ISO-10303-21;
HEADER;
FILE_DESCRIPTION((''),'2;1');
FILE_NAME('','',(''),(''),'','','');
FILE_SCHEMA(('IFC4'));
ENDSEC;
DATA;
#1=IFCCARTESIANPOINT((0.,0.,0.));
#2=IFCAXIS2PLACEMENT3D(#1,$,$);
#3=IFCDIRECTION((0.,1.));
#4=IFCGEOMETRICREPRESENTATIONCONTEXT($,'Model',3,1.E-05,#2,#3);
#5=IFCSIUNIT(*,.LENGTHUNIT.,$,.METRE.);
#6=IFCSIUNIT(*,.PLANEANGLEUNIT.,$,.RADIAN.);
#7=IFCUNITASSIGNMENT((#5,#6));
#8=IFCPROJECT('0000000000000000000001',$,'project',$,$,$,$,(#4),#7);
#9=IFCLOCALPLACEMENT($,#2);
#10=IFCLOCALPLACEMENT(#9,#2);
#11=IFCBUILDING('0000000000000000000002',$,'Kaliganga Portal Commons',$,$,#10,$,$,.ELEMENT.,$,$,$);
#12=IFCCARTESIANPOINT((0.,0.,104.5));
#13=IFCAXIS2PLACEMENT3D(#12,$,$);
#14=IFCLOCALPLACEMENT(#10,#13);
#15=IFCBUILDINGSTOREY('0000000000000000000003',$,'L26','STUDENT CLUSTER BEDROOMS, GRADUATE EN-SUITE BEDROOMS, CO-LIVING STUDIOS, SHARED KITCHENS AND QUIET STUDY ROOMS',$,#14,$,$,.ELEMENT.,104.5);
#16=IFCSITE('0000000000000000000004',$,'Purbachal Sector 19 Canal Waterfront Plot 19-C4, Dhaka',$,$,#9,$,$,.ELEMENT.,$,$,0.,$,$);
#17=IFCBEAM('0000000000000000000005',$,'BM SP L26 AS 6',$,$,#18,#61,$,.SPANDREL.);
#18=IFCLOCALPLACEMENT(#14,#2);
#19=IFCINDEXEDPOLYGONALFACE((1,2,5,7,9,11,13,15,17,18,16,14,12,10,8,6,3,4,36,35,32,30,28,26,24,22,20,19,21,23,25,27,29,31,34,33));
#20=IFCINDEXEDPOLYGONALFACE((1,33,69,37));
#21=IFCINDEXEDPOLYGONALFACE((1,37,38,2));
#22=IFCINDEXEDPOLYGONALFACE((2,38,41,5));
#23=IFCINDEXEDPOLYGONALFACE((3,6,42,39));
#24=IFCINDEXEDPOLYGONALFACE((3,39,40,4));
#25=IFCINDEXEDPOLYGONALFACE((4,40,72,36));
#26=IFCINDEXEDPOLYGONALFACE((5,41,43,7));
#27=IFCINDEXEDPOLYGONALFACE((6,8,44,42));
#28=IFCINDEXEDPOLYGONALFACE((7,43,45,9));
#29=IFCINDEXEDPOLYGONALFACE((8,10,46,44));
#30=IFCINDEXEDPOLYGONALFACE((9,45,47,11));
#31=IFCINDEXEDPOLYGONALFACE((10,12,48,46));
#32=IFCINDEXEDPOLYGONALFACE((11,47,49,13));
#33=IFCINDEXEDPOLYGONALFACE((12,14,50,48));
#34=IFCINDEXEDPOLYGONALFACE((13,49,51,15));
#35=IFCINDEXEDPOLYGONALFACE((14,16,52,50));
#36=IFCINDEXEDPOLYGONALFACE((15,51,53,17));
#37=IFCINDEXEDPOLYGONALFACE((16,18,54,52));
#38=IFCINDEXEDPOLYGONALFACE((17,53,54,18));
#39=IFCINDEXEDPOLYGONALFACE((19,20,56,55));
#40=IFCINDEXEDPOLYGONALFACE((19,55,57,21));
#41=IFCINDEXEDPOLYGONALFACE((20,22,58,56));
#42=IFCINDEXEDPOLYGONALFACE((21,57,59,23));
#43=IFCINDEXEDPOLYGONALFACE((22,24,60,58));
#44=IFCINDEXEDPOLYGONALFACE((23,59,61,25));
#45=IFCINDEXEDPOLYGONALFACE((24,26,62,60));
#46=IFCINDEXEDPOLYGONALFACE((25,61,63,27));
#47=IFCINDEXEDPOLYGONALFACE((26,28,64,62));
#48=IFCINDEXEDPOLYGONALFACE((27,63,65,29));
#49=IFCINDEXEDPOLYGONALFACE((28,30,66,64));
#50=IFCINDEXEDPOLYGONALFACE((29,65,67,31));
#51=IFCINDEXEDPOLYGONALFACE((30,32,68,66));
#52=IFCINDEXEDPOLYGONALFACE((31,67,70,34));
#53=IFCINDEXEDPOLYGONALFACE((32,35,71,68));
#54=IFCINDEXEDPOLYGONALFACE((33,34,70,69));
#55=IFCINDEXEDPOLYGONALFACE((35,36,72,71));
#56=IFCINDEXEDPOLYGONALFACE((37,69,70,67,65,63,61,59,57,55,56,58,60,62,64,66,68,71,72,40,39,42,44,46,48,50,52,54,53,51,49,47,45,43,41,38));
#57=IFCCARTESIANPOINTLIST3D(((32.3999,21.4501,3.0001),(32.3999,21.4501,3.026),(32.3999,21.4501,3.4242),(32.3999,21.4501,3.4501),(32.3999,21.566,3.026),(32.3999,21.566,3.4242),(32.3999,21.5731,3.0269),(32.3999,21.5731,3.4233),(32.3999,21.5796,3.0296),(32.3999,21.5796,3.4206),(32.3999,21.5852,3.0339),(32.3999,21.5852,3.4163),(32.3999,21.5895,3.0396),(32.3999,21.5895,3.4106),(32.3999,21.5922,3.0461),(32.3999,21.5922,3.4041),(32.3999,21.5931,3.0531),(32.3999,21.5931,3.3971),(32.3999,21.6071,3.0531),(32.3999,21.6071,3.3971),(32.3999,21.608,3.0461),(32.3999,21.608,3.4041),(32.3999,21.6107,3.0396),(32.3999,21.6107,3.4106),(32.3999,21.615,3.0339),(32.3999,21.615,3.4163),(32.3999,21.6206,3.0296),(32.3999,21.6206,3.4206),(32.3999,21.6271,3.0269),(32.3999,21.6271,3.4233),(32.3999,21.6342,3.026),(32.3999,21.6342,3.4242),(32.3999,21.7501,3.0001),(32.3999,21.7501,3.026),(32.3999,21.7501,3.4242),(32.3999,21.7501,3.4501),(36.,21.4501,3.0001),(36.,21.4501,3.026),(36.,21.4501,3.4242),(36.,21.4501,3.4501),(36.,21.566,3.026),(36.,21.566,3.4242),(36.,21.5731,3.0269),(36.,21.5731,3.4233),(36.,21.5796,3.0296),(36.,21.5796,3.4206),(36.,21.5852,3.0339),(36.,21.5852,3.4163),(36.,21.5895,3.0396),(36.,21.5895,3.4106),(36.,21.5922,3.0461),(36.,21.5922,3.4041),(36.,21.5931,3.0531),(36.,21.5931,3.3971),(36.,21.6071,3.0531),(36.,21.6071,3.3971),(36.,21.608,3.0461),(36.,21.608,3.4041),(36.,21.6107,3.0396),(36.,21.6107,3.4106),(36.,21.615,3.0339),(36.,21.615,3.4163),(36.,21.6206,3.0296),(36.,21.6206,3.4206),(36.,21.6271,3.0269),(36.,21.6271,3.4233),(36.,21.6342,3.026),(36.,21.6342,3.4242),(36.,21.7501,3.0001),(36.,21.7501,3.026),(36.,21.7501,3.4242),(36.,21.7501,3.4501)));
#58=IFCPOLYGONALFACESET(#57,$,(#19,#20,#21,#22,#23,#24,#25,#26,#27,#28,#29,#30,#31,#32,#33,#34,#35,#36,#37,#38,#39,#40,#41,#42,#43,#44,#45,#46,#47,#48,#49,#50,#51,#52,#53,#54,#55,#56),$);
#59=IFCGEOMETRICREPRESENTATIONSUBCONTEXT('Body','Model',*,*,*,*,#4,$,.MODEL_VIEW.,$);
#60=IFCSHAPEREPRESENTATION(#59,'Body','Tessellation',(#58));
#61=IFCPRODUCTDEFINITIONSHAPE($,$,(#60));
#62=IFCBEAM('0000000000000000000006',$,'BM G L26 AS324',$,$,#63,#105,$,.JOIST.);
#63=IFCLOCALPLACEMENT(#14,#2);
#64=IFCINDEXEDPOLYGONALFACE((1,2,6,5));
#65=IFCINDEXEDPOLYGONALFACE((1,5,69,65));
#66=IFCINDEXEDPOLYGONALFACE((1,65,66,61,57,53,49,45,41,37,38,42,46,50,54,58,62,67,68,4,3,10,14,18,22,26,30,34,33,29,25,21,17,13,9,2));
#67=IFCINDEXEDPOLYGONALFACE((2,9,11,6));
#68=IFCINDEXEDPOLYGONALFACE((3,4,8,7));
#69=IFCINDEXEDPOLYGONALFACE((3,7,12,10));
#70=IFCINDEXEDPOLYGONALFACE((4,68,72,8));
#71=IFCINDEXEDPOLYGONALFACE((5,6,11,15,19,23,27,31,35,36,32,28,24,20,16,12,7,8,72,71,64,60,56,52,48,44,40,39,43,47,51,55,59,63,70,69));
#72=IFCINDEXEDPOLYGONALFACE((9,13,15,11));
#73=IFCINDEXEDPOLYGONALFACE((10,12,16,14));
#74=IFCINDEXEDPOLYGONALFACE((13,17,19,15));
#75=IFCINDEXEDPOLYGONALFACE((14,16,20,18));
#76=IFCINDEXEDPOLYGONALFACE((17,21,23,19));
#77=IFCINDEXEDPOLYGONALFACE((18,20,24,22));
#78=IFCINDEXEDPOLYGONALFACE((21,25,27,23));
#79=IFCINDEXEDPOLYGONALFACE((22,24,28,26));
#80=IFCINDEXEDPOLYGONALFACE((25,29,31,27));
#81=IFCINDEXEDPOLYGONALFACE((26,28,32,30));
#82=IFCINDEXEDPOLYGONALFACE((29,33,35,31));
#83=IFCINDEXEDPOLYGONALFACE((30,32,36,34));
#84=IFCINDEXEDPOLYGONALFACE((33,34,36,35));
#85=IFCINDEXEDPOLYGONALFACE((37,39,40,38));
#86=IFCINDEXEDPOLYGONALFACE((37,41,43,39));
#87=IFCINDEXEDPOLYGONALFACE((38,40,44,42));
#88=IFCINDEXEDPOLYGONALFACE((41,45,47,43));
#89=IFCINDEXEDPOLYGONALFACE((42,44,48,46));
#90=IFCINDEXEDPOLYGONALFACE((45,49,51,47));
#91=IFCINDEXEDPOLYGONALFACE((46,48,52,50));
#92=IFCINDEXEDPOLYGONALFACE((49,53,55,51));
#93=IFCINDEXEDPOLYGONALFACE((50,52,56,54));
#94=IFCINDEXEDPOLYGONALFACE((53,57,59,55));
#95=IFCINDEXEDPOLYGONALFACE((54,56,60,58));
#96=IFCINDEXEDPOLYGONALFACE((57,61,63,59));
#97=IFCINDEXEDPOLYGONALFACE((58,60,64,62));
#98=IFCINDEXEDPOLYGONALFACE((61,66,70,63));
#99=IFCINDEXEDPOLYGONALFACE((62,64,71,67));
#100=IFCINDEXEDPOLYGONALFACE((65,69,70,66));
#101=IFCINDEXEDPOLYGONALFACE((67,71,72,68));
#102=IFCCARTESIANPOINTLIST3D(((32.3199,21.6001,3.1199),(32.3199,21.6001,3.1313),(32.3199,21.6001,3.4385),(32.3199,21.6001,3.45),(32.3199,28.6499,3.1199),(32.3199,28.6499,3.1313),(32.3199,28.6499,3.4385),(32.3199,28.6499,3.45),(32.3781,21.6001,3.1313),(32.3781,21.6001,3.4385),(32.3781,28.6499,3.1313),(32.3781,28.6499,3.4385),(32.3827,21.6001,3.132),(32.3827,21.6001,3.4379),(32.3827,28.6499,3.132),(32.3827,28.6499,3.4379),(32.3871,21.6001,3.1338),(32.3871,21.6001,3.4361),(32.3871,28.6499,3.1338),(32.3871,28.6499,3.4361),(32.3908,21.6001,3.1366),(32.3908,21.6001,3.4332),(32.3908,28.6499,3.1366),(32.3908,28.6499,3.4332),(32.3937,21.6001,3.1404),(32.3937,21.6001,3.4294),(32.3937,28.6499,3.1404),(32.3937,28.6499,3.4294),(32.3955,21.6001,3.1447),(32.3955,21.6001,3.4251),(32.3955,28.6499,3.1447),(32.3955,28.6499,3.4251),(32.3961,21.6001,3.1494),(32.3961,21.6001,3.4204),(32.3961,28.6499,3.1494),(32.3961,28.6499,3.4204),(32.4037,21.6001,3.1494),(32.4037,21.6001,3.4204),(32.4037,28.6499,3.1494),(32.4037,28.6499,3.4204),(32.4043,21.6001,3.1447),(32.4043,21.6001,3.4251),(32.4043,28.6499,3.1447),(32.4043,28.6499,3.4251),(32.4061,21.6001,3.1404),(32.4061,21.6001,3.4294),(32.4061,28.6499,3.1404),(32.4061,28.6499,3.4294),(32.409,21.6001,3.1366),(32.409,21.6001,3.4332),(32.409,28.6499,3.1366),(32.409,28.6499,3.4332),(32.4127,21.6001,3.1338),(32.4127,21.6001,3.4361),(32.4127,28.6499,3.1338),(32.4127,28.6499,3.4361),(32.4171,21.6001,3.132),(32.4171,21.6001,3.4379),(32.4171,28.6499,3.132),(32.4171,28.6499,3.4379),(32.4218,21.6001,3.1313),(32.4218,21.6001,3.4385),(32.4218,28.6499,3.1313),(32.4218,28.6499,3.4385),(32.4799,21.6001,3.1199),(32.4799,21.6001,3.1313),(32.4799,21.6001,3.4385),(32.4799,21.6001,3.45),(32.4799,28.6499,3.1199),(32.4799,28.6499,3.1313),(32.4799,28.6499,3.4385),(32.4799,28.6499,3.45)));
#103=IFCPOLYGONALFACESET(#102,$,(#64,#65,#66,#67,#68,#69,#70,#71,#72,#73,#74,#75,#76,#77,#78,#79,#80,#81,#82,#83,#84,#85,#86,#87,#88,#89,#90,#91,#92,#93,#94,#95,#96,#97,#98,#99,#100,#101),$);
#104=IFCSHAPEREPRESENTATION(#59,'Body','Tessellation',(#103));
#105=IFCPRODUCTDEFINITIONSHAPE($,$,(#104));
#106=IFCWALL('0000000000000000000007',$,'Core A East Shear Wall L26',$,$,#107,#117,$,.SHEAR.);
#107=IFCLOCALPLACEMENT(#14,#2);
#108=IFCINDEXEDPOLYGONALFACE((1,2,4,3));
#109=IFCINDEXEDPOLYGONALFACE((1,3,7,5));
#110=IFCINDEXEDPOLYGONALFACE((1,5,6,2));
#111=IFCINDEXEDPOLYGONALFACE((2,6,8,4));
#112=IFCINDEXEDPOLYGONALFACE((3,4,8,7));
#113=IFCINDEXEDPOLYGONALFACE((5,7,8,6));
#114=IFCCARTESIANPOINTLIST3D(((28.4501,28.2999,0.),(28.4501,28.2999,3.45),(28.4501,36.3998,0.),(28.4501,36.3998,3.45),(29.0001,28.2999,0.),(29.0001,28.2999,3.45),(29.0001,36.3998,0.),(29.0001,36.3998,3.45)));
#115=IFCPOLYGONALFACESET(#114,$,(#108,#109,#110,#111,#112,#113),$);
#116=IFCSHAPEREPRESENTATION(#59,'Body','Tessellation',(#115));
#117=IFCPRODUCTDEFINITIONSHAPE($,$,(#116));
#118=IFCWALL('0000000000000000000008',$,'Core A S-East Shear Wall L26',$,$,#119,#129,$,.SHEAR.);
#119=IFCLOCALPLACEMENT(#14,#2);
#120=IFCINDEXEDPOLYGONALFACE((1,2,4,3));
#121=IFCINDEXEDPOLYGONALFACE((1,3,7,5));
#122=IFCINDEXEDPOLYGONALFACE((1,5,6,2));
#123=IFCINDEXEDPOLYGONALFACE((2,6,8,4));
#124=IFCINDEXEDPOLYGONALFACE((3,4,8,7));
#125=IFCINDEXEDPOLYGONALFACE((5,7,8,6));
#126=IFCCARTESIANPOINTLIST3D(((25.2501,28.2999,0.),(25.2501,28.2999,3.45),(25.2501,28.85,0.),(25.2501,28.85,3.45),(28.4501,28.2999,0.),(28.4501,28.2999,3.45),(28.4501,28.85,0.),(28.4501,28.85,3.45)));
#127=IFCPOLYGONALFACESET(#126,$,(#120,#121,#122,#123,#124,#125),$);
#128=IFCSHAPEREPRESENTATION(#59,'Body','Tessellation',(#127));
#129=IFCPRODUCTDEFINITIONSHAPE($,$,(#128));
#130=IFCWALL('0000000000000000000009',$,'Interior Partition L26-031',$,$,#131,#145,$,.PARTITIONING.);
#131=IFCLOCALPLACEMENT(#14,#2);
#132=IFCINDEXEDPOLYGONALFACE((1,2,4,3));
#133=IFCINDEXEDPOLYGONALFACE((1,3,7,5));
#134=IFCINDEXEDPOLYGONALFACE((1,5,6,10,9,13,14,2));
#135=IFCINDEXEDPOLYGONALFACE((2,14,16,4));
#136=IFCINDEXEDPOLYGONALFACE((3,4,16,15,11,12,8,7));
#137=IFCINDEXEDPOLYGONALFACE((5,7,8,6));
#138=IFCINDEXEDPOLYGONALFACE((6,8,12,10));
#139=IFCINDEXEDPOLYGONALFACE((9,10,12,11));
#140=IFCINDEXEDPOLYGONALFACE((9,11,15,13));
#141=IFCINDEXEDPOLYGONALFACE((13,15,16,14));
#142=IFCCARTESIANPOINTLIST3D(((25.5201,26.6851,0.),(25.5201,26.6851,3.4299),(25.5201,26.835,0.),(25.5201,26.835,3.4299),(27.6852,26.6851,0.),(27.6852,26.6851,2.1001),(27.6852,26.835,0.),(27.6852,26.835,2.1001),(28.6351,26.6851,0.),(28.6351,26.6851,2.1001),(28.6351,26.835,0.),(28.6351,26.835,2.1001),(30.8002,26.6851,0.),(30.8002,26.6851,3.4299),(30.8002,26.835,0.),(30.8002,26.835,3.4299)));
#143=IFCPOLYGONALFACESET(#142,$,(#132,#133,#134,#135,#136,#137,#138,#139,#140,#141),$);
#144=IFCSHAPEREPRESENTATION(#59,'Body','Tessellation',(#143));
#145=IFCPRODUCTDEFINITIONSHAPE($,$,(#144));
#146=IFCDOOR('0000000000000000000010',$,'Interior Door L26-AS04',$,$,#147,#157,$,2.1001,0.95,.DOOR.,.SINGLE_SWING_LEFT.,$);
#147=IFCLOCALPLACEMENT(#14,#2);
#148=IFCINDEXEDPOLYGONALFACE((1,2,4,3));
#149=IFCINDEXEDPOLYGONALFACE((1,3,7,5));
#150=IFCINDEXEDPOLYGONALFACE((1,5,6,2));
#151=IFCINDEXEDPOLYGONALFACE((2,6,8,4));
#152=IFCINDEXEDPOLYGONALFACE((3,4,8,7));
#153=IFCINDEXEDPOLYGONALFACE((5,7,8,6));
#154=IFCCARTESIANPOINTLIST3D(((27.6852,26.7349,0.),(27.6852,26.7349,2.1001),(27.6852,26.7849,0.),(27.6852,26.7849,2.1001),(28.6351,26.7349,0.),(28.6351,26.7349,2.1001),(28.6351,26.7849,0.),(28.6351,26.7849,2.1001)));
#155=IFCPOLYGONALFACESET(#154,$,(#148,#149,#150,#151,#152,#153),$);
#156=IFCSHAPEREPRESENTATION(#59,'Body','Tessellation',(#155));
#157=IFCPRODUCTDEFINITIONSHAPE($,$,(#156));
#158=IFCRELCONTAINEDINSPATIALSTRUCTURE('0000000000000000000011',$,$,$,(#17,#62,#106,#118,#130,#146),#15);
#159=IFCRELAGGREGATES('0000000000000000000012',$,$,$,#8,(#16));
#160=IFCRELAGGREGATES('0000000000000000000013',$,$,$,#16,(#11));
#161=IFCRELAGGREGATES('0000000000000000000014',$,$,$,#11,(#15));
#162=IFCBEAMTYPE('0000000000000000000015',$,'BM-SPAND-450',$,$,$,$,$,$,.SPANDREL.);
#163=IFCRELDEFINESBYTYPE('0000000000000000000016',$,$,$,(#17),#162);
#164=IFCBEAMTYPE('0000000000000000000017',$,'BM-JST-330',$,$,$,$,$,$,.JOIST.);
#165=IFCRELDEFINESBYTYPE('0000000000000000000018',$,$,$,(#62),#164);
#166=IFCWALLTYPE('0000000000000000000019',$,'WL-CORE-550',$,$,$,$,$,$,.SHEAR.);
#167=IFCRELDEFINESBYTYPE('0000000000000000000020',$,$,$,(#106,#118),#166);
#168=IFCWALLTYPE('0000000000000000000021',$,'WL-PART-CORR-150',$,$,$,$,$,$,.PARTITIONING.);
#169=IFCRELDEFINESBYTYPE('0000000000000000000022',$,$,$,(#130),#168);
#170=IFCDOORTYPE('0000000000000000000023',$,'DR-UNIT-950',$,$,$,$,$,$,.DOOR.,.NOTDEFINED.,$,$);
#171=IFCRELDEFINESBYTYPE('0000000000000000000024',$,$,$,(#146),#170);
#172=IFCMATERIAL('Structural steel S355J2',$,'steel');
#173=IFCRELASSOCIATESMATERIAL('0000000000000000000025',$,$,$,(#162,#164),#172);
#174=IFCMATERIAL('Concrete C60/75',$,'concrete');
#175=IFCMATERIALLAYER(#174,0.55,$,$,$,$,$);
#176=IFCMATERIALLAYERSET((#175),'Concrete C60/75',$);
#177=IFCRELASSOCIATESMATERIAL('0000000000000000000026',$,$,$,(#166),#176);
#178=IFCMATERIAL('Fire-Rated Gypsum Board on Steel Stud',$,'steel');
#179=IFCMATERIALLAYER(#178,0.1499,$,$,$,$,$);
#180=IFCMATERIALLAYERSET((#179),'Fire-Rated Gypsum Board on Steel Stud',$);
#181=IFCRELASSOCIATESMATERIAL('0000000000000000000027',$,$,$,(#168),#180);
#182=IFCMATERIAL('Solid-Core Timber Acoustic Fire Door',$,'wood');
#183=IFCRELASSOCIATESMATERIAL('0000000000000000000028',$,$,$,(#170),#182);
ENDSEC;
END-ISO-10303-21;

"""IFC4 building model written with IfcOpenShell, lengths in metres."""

from ifc_helpers import new_model, si_unit, direction, frame, frame_2d, origin, origin_2d, place, context, subcontext, project, spatial, rectangle, i_section, extrude, source, transform, mapped, material, layer, layer_set, material_profile, profile_set, type_object, element, fill, save


model = new_model("IFC4")

# Units and contexts
model_context = context("Model", 3, precision=1e-05, world=origin(), true_north=direction((0.0, 1.0)))
body_context = subcontext(model_context, "Body", "Model", "MODEL_VIEW")
ifc_project = project(units=[si_unit("LENGTHUNIT", "METRE"), si_unit("PLANEANGLEUNIT", "RADIAN")], contexts=[model_context])

# Site, building, storey
site_placement = place(None, origin())
site = spatial("IfcSite", under=ifc_project, at=site_placement, Name="Purbachal Sector 19 Canal Waterfront Plot 19-C4, Dhaka", CompositionType="ELEMENT", RefElevation=0.0)
building_placement = place(site_placement, origin())
building = spatial("IfcBuilding", under=site, at=building_placement, Name="Kaliganga Portal Commons", CompositionType="ELEMENT")
storey_placement = place(building_placement, frame((0.0, 0.0, 104.5)))
storey = spatial("IfcBuildingStorey", under=building, at=storey_placement, Name="L26", Description="STUDENT CLUSTER BEDROOMS, GRADUATE EN-SUITE BEDROOMS, CO-LIVING STUDIOS, SHARED KITCHENS AND QUIET STUDY ROOMS", CompositionType="ELEMENT", Elevation=104.5)

# Shared definitions
ifc_material_1 = material(Name="Concrete C60/75", Category="concrete")

# Beams
ifc_material_2 = material(Name="Structural steel S355J2", Category="steel")
ifc_material_profile_1 = material_profile(ifc_material_2, i_section(OverallWidth=0.3, OverallDepth=0.45, WebThickness=0.0139, FlangeThickness=0.0259, FilletRadius=0.0271, at=origin_2d()), Name="HE 450 B")
ifc_profile_set_1 = profile_set([ifc_material_profile_1], Name="Structural steel S355J2 wide-flange")
beam_type_1 = type_object("IfcBeamType", Name="BM-SPAND-450", PredefinedType="SPANDREL", material=ifc_profile_set_1)
shared_shape_1 = source(origin(), body_context, "Body", "SweptSolid", [
    extrude(i_section(OverallWidth=0.3, OverallDepth=0.45, WebThickness=0.0139, FlangeThickness=0.0259, FilletRadius=0.0271, at=origin_2d()), origin(), (0.0, 0.0, 1.0), 3.6001),
])
beam_1_placement = place(storey_placement, frame((32.3999, 21.6001, 3.2251), z_axis=(1.0, 0.0, 0.0), x_axis=(0.0, 1.0, 0.0)))
element("IfcBeam", 1, at=beam_1_placement, inside=storey, type_object=beam_type_1, Name="BM SP L26 AS 6", PredefinedType="SPANDREL", context=body_context, shape_type="MappedRepresentation", body=[
    mapped(shared_shape_1, transform((0.0, 0.0, 0.0), x_axis=(1.0, 0.0, 0.0), y_axis=(0.0, 1.0, 0.0), z_axis=(0.0, 0.0, 1.0), scale=1.0)),
])
ifc_material_profile_2 = material_profile(ifc_material_2, i_section(OverallWidth=0.1599, OverallDepth=0.3301, WebThickness=0.0076, FlangeThickness=0.0115, FilletRadius=0.0181, at=origin_2d()), Name="IPE 330")
ifc_profile_set_2 = profile_set([ifc_material_profile_2], Name="Structural steel S355J2 wide-flange")
beam_type_2 = type_object("IfcBeamType", Name="BM-JST-330", PredefinedType="JOIST", material=ifc_profile_set_2)
shared_shape_2 = source(origin(), body_context, "Body", "SweptSolid", [
    extrude(i_section(OverallWidth=0.1599, OverallDepth=0.3301, WebThickness=0.0076, FlangeThickness=0.0115, FilletRadius=0.0181, at=origin_2d()), origin(), (0.0, 0.0, 1.0), 7.0498),
])
beam_2_placement = place(storey_placement, frame((32.3999, 21.6001, 3.2849), z_axis=(0.0, 1.0, 0.0), x_axis=(-1.0, 0.0, 0.0)))
element("IfcBeam", 2, at=beam_2_placement, inside=storey, type_object=beam_type_2, Name="BM G L26 AS324", PredefinedType="JOIST", context=body_context, shape_type="MappedRepresentation", body=[
    mapped(shared_shape_2, transform((0.0, 0.0, 0.0), x_axis=(1.0, 0.0, 0.0), y_axis=(0.0, 1.0, 0.0), z_axis=(0.0, 0.0, 1.0), scale=1.0)),
])

# Walls
ifc_layer_1 = layer(ifc_material_1, 0.55)
ifc_layer_set_1 = layer_set([ifc_layer_1], Name="Concrete C60/75")
wall_type_1 = type_object("IfcWallType", Name="WL-CORE-550", PredefinedType="SHEAR", material=ifc_layer_set_1)
wall_1_placement = place(storey_placement, frame((28.7251, 28.3, 0.0), z_axis=(0.0, 0.0, 1.0), x_axis=(0.0, 1.0, 0.0)))
element("IfcWall", 3, at=wall_1_placement, inside=storey, type_object=wall_type_1, Name="Core A East Shear Wall L26", PredefinedType="SHEAR", context=body_context, shape_type="SweptSolid", body=[
    extrude(rectangle(XDim=8.0999, YDim=0.55, at=frame_2d((4.0498, 0.0))), origin(), (0.0, 0.0, 1.0), 3.45),
])
wall_2_placement = place(storey_placement, frame((25.25, 28.575, 0.0), z_axis=(0.0, 0.0, 1.0), x_axis=(1.0, 0.0, 0.0)))
element("IfcWall", 4, at=wall_2_placement, inside=storey, type_object=wall_type_1, Name="Core A S-East Shear Wall L26", PredefinedType="SHEAR", context=body_context, shape_type="SweptSolid", body=[
    extrude(rectangle(XDim=3.2, YDim=0.55, at=frame_2d((1.6001, 0.0))), origin(), (0.0, 0.0, 1.0), 3.45),
])

# Wall, opening, door
ifc_material_3 = material(Name="Fire-Rated Gypsum Board on Steel Stud", Category="steel")
ifc_layer_2 = layer(ifc_material_3, 0.1499)
ifc_layer_set_2 = layer_set([ifc_layer_2], Name="Fire-Rated Gypsum Board on Steel Stud")
wall_type_2 = type_object("IfcWallType", Name="WL-PART-CORR-150", PredefinedType="PARTITIONING", material=ifc_layer_set_2)
wall_3_placement = place(storey_placement, frame((25.52, 26.76, 0.0), z_axis=(0.0, 0.0, 1.0), x_axis=(1.0, 0.0, 0.0)))
wall_3 = element("IfcWall", 5, at=wall_3_placement, inside=storey, type_object=wall_type_2, Name="Interior Partition L26-031", PredefinedType="PARTITIONING", context=body_context, shape_type="SweptSolid", body=[
    extrude(rectangle(XDim=5.28, YDim=0.1499, at=frame_2d((2.6401, 0.0))), origin(), (0.0, 0.0, 1.0), 3.4299),
])
opening_1_placement = place(wall_3_placement, frame((2.165, 0.0, 0.0)))
opening_1 = element("IfcOpeningElement", 6, at=opening_1_placement, cuts=wall_3, PredefinedType="OPENING", context=body_context, shape_type="SweptSolid", body=[
    extrude(rectangle(XDim=0.95, YDim=2.1001, at=frame_2d((0.4751, 1.05))), frame((0.0, 0.085, 0.0), z_axis=(0.0, -1.0, 0.0), x_axis=(1.0, 0.0, 0.0)), (0.0, 0.0, 1.0), 0.1699),
])
ifc_material_4 = material(Name="Solid-Core Timber Acoustic Fire Door", Category="wood")
door_type_1 = type_object("IfcDoorType", Name="DR-UNIT-950", OperationType="NOTDEFINED", PredefinedType="DOOR", material=ifc_material_4)
door_1_placement = place(opening_1_placement, origin())
door_1 = element("IfcDoor", 7, at=door_1_placement, inside=storey, type_object=door_type_1, Name="Interior Door L26-AS04", OperationType="SINGLE_SWING_LEFT", OverallHeight=2.1001, OverallWidth=0.95, PredefinedType="DOOR", context=body_context, shape_type="SweptSolid", body=[
    extrude(rectangle(XDim=0.95, YDim=2.1001, at=frame_2d((0.4751, 1.05))), frame((0.0, 0.0249, 0.0), z_axis=(0.0, -1.0, 0.0), x_axis=(1.0, 0.0, 0.0)), (0.0, 0.0, 1.0), 0.05),
])
fill(opening_1, door_1)

save(model, "model.ifc")
